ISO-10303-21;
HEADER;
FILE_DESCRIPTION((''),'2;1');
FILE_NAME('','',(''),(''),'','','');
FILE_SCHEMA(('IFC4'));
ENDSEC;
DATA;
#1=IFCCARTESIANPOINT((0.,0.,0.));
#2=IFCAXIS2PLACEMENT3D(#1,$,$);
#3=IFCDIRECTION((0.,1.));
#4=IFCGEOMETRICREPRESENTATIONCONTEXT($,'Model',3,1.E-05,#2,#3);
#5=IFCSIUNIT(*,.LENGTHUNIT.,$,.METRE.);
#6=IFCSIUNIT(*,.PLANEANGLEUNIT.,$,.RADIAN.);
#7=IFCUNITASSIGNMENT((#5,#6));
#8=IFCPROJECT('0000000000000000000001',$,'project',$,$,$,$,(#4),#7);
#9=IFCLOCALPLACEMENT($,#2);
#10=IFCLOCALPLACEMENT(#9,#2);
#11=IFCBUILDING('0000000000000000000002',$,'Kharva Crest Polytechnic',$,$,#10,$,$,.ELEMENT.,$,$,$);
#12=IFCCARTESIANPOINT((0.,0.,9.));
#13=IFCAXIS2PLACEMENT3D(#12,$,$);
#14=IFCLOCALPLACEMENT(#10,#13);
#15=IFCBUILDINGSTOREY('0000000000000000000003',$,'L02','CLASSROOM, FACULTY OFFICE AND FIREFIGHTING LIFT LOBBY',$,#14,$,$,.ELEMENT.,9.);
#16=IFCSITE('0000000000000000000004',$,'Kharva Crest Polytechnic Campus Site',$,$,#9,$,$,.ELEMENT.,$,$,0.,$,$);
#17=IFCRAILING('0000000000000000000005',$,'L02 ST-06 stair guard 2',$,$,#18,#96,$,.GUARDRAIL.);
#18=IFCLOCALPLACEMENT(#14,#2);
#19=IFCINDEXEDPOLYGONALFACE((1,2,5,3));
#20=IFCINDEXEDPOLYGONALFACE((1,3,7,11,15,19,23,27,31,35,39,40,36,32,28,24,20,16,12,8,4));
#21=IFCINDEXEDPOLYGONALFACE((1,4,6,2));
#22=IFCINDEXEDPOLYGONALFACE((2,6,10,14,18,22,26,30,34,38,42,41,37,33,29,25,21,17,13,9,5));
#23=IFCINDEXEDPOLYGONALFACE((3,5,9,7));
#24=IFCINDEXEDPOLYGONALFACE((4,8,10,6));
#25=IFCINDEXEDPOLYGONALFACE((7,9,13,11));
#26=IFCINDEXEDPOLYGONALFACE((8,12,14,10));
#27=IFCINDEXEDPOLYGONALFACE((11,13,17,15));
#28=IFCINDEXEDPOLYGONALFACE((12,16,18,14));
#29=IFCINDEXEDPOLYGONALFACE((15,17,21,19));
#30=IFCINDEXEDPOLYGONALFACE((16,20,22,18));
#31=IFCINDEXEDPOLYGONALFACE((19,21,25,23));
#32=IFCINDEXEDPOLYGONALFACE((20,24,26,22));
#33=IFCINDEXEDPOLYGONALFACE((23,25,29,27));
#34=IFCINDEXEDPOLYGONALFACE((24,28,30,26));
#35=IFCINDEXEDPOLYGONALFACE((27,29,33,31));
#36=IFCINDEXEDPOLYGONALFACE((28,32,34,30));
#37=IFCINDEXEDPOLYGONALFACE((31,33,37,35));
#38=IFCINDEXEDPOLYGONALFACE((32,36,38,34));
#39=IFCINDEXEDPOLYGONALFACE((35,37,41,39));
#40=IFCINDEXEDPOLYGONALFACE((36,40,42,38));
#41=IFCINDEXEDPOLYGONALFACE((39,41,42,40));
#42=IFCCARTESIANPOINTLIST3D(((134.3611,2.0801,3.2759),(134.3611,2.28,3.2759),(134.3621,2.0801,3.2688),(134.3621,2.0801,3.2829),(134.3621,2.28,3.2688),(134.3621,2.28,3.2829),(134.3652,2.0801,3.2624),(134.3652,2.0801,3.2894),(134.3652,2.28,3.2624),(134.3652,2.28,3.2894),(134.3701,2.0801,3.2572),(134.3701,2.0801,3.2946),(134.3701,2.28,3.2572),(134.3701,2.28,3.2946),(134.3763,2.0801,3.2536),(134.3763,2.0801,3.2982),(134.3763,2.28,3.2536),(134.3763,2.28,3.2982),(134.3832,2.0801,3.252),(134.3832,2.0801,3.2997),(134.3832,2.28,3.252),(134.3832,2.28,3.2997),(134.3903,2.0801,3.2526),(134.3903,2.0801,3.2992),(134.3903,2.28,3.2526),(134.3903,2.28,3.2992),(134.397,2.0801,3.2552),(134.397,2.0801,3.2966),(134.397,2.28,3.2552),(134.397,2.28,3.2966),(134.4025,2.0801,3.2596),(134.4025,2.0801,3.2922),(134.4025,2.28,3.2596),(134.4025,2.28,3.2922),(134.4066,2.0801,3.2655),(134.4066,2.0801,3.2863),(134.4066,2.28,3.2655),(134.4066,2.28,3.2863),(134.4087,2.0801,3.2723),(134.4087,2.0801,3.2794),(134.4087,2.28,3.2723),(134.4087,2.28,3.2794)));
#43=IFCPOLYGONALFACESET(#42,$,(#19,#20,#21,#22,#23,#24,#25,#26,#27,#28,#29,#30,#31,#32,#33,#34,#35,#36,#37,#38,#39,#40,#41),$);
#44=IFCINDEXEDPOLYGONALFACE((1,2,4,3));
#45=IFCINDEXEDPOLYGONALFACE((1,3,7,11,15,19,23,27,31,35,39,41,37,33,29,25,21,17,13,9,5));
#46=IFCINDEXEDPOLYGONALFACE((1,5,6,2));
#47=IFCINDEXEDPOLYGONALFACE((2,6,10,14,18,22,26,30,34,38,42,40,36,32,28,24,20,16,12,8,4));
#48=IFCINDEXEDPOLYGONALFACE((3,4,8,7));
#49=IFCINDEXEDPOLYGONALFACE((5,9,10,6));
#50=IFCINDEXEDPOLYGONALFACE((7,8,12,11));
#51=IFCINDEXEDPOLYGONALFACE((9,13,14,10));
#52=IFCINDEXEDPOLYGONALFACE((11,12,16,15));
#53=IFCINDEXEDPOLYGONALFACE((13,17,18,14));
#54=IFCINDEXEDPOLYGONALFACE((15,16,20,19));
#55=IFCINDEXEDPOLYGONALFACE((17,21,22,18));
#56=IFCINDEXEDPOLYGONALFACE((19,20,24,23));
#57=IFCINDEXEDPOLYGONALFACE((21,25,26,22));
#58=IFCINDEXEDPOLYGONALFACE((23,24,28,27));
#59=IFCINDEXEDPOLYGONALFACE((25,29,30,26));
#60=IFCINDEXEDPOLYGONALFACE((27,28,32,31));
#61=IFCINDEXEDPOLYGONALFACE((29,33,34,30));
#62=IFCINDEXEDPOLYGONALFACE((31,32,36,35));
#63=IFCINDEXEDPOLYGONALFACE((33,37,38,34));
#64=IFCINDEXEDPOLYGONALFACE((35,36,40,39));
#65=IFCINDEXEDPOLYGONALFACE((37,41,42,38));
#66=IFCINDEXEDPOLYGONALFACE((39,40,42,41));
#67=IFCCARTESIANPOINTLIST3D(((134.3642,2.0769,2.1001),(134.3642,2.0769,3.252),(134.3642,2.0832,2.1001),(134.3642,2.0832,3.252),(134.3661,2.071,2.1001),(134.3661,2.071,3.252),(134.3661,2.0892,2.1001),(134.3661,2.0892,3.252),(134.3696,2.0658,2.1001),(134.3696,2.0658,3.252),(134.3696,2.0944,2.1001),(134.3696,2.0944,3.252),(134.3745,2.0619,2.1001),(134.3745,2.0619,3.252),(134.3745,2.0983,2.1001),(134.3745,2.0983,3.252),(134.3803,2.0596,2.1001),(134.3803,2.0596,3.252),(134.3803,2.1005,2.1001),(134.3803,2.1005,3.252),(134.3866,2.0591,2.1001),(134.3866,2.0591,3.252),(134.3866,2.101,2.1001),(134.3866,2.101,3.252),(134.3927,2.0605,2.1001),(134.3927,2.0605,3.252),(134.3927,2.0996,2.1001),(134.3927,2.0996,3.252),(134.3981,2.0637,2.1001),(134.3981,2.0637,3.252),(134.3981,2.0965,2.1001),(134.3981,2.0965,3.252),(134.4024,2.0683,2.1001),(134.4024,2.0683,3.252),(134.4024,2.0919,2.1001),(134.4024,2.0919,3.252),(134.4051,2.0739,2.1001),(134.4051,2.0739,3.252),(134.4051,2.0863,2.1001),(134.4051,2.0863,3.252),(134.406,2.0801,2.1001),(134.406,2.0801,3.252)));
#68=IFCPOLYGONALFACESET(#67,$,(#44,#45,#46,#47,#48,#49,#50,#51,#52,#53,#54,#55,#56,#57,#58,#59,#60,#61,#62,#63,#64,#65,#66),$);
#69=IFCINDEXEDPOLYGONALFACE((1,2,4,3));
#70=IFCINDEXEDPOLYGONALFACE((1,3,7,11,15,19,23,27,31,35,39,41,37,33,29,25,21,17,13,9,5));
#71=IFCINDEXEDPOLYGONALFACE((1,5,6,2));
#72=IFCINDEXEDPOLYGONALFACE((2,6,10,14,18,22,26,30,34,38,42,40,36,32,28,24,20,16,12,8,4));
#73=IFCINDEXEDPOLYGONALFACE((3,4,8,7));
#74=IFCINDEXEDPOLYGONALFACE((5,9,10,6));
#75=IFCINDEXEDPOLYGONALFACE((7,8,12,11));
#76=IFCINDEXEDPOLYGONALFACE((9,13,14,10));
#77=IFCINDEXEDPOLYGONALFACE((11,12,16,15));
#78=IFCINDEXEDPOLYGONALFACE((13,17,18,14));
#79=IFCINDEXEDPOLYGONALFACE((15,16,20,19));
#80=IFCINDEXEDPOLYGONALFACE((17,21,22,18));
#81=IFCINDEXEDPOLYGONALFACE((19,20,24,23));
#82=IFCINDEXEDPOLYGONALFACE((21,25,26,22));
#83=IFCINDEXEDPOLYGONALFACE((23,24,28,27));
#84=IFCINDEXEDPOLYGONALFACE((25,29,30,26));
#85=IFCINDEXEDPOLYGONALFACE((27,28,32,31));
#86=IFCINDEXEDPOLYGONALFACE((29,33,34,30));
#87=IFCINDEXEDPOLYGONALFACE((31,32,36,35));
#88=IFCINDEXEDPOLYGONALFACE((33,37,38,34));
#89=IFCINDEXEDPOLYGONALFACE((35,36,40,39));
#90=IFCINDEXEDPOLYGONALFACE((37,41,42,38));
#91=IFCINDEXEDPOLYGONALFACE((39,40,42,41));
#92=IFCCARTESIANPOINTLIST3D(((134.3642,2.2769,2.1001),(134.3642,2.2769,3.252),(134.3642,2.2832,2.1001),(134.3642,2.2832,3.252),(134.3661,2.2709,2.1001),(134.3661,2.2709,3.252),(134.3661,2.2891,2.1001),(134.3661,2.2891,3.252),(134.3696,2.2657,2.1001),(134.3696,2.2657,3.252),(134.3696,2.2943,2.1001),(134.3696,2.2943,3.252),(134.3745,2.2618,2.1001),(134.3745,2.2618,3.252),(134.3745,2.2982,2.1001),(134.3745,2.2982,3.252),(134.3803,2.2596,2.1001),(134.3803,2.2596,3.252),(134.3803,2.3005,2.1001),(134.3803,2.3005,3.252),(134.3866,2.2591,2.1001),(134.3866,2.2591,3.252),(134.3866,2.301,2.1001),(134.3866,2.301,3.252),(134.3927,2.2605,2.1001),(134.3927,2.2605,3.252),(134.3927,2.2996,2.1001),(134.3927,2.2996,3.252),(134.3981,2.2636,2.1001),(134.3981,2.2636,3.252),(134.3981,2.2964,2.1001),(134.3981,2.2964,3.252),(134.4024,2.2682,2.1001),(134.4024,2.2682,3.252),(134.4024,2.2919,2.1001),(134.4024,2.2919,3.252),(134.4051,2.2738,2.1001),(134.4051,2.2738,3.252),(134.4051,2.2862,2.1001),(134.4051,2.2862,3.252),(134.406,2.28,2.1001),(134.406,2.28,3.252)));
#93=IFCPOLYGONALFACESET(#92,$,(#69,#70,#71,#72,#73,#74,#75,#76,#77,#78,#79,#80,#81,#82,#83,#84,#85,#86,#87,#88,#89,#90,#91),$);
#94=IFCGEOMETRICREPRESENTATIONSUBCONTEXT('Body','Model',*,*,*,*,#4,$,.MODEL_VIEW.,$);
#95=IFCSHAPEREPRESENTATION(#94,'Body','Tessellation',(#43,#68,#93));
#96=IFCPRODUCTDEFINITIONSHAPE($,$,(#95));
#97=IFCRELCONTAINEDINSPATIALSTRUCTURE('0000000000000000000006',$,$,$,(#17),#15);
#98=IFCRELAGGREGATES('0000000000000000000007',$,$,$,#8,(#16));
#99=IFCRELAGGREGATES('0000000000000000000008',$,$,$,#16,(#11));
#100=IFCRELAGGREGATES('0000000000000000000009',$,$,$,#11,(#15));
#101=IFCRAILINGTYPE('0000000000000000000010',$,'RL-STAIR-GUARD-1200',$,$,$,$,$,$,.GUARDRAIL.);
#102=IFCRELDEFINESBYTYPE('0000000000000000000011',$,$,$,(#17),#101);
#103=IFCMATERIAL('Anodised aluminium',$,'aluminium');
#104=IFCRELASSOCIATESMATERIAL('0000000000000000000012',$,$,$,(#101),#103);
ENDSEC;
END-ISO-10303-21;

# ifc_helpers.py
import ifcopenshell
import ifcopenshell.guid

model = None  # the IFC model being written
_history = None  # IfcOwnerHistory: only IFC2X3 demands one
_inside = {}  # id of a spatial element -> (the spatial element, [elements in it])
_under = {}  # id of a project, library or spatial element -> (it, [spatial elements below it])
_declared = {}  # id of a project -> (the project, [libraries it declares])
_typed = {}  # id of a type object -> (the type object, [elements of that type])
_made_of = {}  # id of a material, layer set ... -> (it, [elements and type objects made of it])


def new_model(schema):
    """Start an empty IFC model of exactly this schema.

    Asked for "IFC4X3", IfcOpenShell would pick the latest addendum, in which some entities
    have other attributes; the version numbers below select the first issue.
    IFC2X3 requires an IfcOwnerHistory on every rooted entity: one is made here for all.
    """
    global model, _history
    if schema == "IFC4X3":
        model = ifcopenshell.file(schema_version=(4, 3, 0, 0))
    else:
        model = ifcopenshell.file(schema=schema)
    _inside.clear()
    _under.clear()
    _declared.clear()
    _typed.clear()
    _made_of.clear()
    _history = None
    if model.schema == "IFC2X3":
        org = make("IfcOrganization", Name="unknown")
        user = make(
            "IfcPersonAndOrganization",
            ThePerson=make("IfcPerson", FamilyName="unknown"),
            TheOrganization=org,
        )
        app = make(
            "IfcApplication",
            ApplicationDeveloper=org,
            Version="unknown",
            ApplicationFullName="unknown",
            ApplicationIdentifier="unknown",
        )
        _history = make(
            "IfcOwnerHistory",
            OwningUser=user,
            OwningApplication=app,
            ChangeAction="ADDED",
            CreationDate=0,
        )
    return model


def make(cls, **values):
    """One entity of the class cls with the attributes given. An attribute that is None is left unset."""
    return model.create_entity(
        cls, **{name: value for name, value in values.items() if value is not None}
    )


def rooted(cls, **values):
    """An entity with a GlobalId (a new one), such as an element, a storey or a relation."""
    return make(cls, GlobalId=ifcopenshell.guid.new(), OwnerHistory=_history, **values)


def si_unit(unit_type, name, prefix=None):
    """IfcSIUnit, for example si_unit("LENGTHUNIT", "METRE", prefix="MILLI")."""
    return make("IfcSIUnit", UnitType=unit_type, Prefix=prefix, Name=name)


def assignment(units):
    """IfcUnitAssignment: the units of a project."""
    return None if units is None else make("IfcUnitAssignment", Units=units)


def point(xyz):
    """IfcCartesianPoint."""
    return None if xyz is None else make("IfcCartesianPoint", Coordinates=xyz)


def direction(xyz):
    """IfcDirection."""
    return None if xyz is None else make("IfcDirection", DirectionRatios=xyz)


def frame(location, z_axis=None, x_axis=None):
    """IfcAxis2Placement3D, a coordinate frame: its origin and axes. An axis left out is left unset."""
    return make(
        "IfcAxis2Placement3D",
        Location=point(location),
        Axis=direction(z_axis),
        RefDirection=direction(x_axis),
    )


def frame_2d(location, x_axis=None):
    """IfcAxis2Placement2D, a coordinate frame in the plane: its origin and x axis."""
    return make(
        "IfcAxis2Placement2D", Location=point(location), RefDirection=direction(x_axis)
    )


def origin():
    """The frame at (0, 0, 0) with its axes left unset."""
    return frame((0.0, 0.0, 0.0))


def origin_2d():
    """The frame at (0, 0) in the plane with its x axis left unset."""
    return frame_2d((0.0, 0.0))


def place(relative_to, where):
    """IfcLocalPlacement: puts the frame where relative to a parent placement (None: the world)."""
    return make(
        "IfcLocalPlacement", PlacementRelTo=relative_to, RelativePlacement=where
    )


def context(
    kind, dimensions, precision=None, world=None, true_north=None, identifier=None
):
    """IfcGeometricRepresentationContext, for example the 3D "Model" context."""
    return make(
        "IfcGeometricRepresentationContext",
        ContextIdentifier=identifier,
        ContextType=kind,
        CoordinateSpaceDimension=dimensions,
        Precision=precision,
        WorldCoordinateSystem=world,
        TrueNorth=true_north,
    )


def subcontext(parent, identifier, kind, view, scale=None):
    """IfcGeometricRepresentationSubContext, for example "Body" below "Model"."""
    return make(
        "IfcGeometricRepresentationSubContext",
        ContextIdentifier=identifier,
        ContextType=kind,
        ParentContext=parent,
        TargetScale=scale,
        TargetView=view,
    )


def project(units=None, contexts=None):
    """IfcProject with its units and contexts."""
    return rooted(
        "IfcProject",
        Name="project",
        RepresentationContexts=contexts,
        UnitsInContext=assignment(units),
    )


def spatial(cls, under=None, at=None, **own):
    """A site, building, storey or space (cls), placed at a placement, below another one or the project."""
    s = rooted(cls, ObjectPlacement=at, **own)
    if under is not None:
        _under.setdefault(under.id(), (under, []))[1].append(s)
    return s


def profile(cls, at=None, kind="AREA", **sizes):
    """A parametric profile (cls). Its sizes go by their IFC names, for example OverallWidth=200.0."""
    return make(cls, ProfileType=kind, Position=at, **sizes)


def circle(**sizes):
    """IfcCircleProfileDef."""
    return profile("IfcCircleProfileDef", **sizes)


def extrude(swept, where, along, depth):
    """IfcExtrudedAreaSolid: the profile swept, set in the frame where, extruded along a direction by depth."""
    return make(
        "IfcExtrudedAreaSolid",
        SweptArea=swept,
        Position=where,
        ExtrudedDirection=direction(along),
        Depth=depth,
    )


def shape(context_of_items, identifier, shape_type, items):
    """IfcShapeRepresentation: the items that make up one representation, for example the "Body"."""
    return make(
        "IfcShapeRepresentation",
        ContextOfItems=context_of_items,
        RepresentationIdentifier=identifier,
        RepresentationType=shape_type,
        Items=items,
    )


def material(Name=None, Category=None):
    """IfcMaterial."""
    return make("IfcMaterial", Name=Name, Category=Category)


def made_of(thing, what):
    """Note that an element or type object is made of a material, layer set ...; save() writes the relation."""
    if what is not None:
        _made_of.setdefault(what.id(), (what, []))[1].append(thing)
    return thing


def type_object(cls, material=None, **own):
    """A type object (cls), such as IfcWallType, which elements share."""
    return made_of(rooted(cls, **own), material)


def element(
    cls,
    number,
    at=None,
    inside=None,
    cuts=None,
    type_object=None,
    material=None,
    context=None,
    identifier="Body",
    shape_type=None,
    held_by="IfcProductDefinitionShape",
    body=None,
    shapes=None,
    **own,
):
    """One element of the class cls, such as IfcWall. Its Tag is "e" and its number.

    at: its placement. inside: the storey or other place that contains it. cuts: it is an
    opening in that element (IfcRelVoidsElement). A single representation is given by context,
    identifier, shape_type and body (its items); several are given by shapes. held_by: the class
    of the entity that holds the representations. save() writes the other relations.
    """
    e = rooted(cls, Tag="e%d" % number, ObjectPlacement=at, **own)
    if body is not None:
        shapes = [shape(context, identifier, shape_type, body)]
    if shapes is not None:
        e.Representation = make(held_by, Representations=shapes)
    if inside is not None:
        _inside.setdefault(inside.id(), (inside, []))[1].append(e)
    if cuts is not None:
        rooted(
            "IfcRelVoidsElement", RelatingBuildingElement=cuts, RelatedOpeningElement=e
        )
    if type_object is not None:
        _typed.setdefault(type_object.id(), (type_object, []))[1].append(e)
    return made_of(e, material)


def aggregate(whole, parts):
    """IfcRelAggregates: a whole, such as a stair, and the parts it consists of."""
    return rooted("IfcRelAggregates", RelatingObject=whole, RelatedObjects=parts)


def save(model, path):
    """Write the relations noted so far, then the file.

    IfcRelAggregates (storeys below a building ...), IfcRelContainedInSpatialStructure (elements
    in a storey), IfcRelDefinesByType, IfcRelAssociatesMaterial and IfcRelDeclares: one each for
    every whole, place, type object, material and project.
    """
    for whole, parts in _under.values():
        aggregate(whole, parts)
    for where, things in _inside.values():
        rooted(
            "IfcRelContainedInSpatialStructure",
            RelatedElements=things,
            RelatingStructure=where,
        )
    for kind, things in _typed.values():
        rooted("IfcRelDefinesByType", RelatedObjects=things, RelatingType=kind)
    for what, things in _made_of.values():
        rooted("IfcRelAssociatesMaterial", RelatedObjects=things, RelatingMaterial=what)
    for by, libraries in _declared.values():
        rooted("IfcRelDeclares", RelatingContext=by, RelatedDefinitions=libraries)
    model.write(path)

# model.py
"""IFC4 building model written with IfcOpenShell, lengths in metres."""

from ifc_helpers import new_model, si_unit, direction, frame, origin, origin_2d, place, context, subcontext, project, spatial, circle, extrude, material, type_object, element, save


model = new_model("IFC4")

# Units and contexts
model_context = context("Model", 3, precision=1e-05, world=origin(), true_north=direction((0.0, 1.0)))
body_context = subcontext(model_context, "Body", "Model", "MODEL_VIEW")
ifc_project = project(units=[si_unit("LENGTHUNIT", "METRE"), si_unit("PLANEANGLEUNIT", "RADIAN")], contexts=[model_context])

# Site, building, storey
site_placement = place(None, origin())
site = spatial("IfcSite", under=ifc_project, at=site_placement, Name="Kharva Crest Polytechnic Campus Site", CompositionType="ELEMENT", RefElevation=0.0)
building_placement = place(site_placement, origin())
building = spatial("IfcBuilding", under=site, at=building_placement, Name="Kharva Crest Polytechnic", CompositionType="ELEMENT")
storey_placement = place(building_placement, frame((0.0, 0.0, 9.0)))
storey = spatial("IfcBuildingStorey", under=building, at=storey_placement, Name="L02", Description="CLASSROOM, FACULTY OFFICE AND FIREFIGHTING LIFT LOBBY", CompositionType="ELEMENT", Elevation=9.0)

# Railing
ifc_material_1 = material(Name="Anodised aluminium", Category="aluminium")
railing_type_1 = type_object("IfcRailingType", Name="RL-STAIR-GUARD-1200", PredefinedType="GUARDRAIL", material=ifc_material_1)
railing_1_placement = place(storey_placement, frame((134.385, 2.0801, 2.1001)))
element("IfcRailing", 1, at=railing_1_placement, inside=storey, type_object=railing_type_1, Name="L02 ST-06 stair guard 2", PredefinedType="GUARDRAIL", context=body_context, shape_type="SweptSolid", body=[
    extrude(circle(Radius=0.0239, at=origin_2d()), frame((0.0, 0.0, 1.1758), z_axis=(0.0, 1.0, 0.0), x_axis=(-1.0, 0.0, 0.0)), (0.0, 0.0, 1.0), 0.2),
    extrude(circle(Radius=0.021, at=origin_2d()), origin(), (0.0, 0.0, 1.0), 1.1519),
    extrude(circle(Radius=0.021, at=origin_2d()), frame((0.0, 0.2, 0.0)), (0.0, 0.0, 1.0), 1.1519),
])

save(model, "model.ifc")
